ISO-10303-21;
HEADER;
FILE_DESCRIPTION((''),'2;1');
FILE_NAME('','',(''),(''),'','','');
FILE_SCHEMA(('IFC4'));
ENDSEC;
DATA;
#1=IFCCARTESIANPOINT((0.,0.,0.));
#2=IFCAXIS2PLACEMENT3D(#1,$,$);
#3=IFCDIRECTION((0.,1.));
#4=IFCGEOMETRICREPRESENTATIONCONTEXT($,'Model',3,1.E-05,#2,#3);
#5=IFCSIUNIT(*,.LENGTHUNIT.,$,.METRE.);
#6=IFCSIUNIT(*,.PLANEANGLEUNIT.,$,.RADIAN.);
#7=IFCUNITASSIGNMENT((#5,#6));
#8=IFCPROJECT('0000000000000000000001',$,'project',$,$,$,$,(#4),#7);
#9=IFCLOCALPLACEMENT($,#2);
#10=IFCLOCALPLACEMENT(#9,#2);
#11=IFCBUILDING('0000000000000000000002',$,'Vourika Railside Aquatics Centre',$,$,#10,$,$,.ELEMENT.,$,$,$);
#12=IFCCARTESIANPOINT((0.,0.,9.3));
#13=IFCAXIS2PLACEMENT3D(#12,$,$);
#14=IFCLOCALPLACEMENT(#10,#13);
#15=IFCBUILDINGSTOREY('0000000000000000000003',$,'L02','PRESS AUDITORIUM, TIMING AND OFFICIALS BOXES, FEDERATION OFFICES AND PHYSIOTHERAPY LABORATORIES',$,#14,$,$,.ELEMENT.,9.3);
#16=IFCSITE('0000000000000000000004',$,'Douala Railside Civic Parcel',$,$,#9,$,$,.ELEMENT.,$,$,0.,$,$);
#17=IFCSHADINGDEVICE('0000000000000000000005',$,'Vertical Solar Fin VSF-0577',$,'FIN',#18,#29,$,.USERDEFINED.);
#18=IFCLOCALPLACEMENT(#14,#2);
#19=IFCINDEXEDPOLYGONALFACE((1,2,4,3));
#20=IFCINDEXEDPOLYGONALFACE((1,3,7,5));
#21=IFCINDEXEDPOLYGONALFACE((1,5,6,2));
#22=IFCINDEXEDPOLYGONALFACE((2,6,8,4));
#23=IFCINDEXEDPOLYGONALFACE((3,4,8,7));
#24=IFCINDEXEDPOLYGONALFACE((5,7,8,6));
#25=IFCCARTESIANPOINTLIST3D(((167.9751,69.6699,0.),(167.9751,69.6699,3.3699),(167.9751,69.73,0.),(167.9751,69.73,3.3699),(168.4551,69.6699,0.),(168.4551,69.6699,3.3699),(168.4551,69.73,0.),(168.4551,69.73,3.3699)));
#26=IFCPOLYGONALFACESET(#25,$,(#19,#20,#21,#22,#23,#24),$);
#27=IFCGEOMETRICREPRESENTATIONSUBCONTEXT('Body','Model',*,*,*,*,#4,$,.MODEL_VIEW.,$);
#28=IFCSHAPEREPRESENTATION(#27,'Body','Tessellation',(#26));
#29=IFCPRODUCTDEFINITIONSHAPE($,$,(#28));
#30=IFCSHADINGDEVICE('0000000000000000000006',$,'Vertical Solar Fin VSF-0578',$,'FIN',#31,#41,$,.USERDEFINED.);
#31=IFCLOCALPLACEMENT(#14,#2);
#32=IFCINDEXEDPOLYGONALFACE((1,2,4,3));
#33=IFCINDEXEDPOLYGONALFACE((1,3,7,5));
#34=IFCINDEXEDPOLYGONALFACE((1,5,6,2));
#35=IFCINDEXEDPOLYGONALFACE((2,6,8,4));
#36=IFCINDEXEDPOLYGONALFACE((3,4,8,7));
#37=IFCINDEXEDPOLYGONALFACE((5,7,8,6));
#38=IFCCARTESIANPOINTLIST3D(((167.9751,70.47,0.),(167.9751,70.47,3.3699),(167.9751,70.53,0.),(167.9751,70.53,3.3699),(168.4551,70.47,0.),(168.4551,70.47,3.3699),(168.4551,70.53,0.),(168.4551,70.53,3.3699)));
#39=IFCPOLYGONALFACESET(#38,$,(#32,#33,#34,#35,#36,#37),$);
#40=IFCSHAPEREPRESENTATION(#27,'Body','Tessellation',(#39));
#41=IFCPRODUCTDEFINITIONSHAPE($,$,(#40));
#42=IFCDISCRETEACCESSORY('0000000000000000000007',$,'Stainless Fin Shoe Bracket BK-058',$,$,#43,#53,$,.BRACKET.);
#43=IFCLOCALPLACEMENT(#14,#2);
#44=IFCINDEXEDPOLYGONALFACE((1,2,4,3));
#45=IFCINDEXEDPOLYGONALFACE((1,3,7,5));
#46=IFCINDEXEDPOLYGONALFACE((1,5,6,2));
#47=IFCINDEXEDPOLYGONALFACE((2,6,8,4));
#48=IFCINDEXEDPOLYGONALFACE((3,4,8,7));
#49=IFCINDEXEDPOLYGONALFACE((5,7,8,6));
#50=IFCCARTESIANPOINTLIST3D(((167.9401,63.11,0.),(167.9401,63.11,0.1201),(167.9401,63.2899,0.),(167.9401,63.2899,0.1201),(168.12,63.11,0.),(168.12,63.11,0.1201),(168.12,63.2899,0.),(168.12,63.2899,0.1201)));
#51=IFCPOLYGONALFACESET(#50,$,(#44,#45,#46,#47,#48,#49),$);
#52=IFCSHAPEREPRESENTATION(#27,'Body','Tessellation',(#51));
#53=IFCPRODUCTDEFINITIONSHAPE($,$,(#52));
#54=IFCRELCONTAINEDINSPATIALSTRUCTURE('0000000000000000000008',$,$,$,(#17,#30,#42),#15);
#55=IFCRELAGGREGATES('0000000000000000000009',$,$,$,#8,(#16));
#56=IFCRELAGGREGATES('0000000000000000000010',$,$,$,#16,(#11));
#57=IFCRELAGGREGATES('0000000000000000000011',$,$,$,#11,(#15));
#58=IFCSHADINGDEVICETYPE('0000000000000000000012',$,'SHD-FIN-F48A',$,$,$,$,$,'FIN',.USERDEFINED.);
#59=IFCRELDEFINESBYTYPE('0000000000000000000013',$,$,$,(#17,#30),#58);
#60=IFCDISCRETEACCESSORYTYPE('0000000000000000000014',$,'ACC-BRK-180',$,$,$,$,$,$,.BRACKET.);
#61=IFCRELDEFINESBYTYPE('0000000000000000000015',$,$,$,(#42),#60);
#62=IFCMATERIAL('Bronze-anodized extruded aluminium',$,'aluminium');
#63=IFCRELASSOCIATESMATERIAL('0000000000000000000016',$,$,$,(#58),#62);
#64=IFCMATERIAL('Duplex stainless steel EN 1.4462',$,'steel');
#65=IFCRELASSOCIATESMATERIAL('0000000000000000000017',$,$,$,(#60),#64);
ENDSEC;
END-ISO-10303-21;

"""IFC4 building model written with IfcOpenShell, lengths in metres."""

from ifc_helpers import new_model, si_unit, direction, frame, origin, origin_2d, place, context, subcontext, project, spatial, rectangle, extrude, material, material_profile, profile_set, type_object, element, save


model = new_model("IFC4")

# Units and contexts
model_context = context("Model", 3, precision=1e-05, world=origin(), true_north=direction((0.0, 1.0)))
body_context = subcontext(model_context, "Body", "Model", "MODEL_VIEW")
ifc_project = project(units=[si_unit("LENGTHUNIT", "METRE"), si_unit("PLANEANGLEUNIT", "RADIAN")], contexts=[model_context])

# Site, building, storey
site_placement = place(None, origin())
site = spatial("IfcSite", under=ifc_project, at=site_placement, Name="Douala Railside Civic Parcel", CompositionType="ELEMENT", RefElevation=0.0)
building_placement = place(site_placement, origin())
building = spatial("IfcBuilding", under=site, at=building_placement, Name="Vourika Railside Aquatics Centre", CompositionType="ELEMENT")
storey_placement = place(building_placement, frame((0.0, 0.0, 9.3)))
storey = spatial("IfcBuildingStorey", under=building, at=storey_placement, Name="L02", Description="PRESS AUDITORIUM, TIMING AND OFFICIALS BOXES, FEDERATION OFFICES AND PHYSIOTHERAPY LABORATORIES", CompositionType="ELEMENT", Elevation=9.3)

# Shading devices
ifc_material_1 = material(Name="Bronze-anodized extruded aluminium", Category="aluminium")
ifc_material_profile_1 = material_profile(ifc_material_1, rectangle(XDim=0.0601, YDim=0.48, at=origin_2d()), Name="ALU-FIN 60x480")
ifc_profile_set_1 = profile_set([ifc_material_profile_1], Name="Bronze-anodized extruded aluminium")
shading_device_type = type_object("IfcShadingDeviceType", Name="SHD-FIN-F48A", ElementType="FIN", PredefinedType="USERDEFINED", material=ifc_profile_set_1)
for number, where, z_axis, x_axis, name in (
    (1, (168.2151, 69.7, 0.0), (0.0, 0.0, 1.0), (0.0, -1.0, 0.0), "Vertical Solar Fin VSF-0577"),
    (2, (168.2151, 70.5, 0.0), (0.0, 0.0, 1.0), (0.0, -1.0, 0.0), "Vertical Solar Fin VSF-0578"),
):
    element("IfcShadingDevice", number, at=place(storey_placement, frame(where, z_axis=z_axis, x_axis=x_axis)), inside=storey, type_object=shading_device_type, Name=name, ObjectType="FIN", PredefinedType="USERDEFINED", context=body_context, shape_type="SweptSolid", body=[
        extrude(rectangle(XDim=0.0601, YDim=0.48, at=origin_2d()), origin(), (0.0, 0.0, 1.0), 3.3699),
    ])

# Discrete accessory
ifc_material_2 = material(Name="Duplex stainless steel EN 1.4462", Category="steel")
discrete_accessory_type = type_object("IfcDiscreteAccessoryType", Name="ACC-BRK-180", PredefinedType="BRACKET", material=ifc_material_2)
discrete_accessory_placement = place(storey_placement, frame((168.03, 63.2, 0.0), z_axis=(0.0, 0.0, 1.0), x_axis=(1.0, 0.0, 0.0)))
element("IfcDiscreteAccessory", 3, at=discrete_accessory_placement, inside=storey, type_object=discrete_accessory_type, Name="Stainless Fin Shoe Bracket BK-058", PredefinedType="BRACKET", context=body_context, shape_type="SweptSolid", body=[
    extrude(rectangle(XDim=0.1799, YDim=0.1799, at=origin_2d()), origin(), (0.0, 0.0, 1.0), 0.1201),
])

save(model, "model.ifc")
